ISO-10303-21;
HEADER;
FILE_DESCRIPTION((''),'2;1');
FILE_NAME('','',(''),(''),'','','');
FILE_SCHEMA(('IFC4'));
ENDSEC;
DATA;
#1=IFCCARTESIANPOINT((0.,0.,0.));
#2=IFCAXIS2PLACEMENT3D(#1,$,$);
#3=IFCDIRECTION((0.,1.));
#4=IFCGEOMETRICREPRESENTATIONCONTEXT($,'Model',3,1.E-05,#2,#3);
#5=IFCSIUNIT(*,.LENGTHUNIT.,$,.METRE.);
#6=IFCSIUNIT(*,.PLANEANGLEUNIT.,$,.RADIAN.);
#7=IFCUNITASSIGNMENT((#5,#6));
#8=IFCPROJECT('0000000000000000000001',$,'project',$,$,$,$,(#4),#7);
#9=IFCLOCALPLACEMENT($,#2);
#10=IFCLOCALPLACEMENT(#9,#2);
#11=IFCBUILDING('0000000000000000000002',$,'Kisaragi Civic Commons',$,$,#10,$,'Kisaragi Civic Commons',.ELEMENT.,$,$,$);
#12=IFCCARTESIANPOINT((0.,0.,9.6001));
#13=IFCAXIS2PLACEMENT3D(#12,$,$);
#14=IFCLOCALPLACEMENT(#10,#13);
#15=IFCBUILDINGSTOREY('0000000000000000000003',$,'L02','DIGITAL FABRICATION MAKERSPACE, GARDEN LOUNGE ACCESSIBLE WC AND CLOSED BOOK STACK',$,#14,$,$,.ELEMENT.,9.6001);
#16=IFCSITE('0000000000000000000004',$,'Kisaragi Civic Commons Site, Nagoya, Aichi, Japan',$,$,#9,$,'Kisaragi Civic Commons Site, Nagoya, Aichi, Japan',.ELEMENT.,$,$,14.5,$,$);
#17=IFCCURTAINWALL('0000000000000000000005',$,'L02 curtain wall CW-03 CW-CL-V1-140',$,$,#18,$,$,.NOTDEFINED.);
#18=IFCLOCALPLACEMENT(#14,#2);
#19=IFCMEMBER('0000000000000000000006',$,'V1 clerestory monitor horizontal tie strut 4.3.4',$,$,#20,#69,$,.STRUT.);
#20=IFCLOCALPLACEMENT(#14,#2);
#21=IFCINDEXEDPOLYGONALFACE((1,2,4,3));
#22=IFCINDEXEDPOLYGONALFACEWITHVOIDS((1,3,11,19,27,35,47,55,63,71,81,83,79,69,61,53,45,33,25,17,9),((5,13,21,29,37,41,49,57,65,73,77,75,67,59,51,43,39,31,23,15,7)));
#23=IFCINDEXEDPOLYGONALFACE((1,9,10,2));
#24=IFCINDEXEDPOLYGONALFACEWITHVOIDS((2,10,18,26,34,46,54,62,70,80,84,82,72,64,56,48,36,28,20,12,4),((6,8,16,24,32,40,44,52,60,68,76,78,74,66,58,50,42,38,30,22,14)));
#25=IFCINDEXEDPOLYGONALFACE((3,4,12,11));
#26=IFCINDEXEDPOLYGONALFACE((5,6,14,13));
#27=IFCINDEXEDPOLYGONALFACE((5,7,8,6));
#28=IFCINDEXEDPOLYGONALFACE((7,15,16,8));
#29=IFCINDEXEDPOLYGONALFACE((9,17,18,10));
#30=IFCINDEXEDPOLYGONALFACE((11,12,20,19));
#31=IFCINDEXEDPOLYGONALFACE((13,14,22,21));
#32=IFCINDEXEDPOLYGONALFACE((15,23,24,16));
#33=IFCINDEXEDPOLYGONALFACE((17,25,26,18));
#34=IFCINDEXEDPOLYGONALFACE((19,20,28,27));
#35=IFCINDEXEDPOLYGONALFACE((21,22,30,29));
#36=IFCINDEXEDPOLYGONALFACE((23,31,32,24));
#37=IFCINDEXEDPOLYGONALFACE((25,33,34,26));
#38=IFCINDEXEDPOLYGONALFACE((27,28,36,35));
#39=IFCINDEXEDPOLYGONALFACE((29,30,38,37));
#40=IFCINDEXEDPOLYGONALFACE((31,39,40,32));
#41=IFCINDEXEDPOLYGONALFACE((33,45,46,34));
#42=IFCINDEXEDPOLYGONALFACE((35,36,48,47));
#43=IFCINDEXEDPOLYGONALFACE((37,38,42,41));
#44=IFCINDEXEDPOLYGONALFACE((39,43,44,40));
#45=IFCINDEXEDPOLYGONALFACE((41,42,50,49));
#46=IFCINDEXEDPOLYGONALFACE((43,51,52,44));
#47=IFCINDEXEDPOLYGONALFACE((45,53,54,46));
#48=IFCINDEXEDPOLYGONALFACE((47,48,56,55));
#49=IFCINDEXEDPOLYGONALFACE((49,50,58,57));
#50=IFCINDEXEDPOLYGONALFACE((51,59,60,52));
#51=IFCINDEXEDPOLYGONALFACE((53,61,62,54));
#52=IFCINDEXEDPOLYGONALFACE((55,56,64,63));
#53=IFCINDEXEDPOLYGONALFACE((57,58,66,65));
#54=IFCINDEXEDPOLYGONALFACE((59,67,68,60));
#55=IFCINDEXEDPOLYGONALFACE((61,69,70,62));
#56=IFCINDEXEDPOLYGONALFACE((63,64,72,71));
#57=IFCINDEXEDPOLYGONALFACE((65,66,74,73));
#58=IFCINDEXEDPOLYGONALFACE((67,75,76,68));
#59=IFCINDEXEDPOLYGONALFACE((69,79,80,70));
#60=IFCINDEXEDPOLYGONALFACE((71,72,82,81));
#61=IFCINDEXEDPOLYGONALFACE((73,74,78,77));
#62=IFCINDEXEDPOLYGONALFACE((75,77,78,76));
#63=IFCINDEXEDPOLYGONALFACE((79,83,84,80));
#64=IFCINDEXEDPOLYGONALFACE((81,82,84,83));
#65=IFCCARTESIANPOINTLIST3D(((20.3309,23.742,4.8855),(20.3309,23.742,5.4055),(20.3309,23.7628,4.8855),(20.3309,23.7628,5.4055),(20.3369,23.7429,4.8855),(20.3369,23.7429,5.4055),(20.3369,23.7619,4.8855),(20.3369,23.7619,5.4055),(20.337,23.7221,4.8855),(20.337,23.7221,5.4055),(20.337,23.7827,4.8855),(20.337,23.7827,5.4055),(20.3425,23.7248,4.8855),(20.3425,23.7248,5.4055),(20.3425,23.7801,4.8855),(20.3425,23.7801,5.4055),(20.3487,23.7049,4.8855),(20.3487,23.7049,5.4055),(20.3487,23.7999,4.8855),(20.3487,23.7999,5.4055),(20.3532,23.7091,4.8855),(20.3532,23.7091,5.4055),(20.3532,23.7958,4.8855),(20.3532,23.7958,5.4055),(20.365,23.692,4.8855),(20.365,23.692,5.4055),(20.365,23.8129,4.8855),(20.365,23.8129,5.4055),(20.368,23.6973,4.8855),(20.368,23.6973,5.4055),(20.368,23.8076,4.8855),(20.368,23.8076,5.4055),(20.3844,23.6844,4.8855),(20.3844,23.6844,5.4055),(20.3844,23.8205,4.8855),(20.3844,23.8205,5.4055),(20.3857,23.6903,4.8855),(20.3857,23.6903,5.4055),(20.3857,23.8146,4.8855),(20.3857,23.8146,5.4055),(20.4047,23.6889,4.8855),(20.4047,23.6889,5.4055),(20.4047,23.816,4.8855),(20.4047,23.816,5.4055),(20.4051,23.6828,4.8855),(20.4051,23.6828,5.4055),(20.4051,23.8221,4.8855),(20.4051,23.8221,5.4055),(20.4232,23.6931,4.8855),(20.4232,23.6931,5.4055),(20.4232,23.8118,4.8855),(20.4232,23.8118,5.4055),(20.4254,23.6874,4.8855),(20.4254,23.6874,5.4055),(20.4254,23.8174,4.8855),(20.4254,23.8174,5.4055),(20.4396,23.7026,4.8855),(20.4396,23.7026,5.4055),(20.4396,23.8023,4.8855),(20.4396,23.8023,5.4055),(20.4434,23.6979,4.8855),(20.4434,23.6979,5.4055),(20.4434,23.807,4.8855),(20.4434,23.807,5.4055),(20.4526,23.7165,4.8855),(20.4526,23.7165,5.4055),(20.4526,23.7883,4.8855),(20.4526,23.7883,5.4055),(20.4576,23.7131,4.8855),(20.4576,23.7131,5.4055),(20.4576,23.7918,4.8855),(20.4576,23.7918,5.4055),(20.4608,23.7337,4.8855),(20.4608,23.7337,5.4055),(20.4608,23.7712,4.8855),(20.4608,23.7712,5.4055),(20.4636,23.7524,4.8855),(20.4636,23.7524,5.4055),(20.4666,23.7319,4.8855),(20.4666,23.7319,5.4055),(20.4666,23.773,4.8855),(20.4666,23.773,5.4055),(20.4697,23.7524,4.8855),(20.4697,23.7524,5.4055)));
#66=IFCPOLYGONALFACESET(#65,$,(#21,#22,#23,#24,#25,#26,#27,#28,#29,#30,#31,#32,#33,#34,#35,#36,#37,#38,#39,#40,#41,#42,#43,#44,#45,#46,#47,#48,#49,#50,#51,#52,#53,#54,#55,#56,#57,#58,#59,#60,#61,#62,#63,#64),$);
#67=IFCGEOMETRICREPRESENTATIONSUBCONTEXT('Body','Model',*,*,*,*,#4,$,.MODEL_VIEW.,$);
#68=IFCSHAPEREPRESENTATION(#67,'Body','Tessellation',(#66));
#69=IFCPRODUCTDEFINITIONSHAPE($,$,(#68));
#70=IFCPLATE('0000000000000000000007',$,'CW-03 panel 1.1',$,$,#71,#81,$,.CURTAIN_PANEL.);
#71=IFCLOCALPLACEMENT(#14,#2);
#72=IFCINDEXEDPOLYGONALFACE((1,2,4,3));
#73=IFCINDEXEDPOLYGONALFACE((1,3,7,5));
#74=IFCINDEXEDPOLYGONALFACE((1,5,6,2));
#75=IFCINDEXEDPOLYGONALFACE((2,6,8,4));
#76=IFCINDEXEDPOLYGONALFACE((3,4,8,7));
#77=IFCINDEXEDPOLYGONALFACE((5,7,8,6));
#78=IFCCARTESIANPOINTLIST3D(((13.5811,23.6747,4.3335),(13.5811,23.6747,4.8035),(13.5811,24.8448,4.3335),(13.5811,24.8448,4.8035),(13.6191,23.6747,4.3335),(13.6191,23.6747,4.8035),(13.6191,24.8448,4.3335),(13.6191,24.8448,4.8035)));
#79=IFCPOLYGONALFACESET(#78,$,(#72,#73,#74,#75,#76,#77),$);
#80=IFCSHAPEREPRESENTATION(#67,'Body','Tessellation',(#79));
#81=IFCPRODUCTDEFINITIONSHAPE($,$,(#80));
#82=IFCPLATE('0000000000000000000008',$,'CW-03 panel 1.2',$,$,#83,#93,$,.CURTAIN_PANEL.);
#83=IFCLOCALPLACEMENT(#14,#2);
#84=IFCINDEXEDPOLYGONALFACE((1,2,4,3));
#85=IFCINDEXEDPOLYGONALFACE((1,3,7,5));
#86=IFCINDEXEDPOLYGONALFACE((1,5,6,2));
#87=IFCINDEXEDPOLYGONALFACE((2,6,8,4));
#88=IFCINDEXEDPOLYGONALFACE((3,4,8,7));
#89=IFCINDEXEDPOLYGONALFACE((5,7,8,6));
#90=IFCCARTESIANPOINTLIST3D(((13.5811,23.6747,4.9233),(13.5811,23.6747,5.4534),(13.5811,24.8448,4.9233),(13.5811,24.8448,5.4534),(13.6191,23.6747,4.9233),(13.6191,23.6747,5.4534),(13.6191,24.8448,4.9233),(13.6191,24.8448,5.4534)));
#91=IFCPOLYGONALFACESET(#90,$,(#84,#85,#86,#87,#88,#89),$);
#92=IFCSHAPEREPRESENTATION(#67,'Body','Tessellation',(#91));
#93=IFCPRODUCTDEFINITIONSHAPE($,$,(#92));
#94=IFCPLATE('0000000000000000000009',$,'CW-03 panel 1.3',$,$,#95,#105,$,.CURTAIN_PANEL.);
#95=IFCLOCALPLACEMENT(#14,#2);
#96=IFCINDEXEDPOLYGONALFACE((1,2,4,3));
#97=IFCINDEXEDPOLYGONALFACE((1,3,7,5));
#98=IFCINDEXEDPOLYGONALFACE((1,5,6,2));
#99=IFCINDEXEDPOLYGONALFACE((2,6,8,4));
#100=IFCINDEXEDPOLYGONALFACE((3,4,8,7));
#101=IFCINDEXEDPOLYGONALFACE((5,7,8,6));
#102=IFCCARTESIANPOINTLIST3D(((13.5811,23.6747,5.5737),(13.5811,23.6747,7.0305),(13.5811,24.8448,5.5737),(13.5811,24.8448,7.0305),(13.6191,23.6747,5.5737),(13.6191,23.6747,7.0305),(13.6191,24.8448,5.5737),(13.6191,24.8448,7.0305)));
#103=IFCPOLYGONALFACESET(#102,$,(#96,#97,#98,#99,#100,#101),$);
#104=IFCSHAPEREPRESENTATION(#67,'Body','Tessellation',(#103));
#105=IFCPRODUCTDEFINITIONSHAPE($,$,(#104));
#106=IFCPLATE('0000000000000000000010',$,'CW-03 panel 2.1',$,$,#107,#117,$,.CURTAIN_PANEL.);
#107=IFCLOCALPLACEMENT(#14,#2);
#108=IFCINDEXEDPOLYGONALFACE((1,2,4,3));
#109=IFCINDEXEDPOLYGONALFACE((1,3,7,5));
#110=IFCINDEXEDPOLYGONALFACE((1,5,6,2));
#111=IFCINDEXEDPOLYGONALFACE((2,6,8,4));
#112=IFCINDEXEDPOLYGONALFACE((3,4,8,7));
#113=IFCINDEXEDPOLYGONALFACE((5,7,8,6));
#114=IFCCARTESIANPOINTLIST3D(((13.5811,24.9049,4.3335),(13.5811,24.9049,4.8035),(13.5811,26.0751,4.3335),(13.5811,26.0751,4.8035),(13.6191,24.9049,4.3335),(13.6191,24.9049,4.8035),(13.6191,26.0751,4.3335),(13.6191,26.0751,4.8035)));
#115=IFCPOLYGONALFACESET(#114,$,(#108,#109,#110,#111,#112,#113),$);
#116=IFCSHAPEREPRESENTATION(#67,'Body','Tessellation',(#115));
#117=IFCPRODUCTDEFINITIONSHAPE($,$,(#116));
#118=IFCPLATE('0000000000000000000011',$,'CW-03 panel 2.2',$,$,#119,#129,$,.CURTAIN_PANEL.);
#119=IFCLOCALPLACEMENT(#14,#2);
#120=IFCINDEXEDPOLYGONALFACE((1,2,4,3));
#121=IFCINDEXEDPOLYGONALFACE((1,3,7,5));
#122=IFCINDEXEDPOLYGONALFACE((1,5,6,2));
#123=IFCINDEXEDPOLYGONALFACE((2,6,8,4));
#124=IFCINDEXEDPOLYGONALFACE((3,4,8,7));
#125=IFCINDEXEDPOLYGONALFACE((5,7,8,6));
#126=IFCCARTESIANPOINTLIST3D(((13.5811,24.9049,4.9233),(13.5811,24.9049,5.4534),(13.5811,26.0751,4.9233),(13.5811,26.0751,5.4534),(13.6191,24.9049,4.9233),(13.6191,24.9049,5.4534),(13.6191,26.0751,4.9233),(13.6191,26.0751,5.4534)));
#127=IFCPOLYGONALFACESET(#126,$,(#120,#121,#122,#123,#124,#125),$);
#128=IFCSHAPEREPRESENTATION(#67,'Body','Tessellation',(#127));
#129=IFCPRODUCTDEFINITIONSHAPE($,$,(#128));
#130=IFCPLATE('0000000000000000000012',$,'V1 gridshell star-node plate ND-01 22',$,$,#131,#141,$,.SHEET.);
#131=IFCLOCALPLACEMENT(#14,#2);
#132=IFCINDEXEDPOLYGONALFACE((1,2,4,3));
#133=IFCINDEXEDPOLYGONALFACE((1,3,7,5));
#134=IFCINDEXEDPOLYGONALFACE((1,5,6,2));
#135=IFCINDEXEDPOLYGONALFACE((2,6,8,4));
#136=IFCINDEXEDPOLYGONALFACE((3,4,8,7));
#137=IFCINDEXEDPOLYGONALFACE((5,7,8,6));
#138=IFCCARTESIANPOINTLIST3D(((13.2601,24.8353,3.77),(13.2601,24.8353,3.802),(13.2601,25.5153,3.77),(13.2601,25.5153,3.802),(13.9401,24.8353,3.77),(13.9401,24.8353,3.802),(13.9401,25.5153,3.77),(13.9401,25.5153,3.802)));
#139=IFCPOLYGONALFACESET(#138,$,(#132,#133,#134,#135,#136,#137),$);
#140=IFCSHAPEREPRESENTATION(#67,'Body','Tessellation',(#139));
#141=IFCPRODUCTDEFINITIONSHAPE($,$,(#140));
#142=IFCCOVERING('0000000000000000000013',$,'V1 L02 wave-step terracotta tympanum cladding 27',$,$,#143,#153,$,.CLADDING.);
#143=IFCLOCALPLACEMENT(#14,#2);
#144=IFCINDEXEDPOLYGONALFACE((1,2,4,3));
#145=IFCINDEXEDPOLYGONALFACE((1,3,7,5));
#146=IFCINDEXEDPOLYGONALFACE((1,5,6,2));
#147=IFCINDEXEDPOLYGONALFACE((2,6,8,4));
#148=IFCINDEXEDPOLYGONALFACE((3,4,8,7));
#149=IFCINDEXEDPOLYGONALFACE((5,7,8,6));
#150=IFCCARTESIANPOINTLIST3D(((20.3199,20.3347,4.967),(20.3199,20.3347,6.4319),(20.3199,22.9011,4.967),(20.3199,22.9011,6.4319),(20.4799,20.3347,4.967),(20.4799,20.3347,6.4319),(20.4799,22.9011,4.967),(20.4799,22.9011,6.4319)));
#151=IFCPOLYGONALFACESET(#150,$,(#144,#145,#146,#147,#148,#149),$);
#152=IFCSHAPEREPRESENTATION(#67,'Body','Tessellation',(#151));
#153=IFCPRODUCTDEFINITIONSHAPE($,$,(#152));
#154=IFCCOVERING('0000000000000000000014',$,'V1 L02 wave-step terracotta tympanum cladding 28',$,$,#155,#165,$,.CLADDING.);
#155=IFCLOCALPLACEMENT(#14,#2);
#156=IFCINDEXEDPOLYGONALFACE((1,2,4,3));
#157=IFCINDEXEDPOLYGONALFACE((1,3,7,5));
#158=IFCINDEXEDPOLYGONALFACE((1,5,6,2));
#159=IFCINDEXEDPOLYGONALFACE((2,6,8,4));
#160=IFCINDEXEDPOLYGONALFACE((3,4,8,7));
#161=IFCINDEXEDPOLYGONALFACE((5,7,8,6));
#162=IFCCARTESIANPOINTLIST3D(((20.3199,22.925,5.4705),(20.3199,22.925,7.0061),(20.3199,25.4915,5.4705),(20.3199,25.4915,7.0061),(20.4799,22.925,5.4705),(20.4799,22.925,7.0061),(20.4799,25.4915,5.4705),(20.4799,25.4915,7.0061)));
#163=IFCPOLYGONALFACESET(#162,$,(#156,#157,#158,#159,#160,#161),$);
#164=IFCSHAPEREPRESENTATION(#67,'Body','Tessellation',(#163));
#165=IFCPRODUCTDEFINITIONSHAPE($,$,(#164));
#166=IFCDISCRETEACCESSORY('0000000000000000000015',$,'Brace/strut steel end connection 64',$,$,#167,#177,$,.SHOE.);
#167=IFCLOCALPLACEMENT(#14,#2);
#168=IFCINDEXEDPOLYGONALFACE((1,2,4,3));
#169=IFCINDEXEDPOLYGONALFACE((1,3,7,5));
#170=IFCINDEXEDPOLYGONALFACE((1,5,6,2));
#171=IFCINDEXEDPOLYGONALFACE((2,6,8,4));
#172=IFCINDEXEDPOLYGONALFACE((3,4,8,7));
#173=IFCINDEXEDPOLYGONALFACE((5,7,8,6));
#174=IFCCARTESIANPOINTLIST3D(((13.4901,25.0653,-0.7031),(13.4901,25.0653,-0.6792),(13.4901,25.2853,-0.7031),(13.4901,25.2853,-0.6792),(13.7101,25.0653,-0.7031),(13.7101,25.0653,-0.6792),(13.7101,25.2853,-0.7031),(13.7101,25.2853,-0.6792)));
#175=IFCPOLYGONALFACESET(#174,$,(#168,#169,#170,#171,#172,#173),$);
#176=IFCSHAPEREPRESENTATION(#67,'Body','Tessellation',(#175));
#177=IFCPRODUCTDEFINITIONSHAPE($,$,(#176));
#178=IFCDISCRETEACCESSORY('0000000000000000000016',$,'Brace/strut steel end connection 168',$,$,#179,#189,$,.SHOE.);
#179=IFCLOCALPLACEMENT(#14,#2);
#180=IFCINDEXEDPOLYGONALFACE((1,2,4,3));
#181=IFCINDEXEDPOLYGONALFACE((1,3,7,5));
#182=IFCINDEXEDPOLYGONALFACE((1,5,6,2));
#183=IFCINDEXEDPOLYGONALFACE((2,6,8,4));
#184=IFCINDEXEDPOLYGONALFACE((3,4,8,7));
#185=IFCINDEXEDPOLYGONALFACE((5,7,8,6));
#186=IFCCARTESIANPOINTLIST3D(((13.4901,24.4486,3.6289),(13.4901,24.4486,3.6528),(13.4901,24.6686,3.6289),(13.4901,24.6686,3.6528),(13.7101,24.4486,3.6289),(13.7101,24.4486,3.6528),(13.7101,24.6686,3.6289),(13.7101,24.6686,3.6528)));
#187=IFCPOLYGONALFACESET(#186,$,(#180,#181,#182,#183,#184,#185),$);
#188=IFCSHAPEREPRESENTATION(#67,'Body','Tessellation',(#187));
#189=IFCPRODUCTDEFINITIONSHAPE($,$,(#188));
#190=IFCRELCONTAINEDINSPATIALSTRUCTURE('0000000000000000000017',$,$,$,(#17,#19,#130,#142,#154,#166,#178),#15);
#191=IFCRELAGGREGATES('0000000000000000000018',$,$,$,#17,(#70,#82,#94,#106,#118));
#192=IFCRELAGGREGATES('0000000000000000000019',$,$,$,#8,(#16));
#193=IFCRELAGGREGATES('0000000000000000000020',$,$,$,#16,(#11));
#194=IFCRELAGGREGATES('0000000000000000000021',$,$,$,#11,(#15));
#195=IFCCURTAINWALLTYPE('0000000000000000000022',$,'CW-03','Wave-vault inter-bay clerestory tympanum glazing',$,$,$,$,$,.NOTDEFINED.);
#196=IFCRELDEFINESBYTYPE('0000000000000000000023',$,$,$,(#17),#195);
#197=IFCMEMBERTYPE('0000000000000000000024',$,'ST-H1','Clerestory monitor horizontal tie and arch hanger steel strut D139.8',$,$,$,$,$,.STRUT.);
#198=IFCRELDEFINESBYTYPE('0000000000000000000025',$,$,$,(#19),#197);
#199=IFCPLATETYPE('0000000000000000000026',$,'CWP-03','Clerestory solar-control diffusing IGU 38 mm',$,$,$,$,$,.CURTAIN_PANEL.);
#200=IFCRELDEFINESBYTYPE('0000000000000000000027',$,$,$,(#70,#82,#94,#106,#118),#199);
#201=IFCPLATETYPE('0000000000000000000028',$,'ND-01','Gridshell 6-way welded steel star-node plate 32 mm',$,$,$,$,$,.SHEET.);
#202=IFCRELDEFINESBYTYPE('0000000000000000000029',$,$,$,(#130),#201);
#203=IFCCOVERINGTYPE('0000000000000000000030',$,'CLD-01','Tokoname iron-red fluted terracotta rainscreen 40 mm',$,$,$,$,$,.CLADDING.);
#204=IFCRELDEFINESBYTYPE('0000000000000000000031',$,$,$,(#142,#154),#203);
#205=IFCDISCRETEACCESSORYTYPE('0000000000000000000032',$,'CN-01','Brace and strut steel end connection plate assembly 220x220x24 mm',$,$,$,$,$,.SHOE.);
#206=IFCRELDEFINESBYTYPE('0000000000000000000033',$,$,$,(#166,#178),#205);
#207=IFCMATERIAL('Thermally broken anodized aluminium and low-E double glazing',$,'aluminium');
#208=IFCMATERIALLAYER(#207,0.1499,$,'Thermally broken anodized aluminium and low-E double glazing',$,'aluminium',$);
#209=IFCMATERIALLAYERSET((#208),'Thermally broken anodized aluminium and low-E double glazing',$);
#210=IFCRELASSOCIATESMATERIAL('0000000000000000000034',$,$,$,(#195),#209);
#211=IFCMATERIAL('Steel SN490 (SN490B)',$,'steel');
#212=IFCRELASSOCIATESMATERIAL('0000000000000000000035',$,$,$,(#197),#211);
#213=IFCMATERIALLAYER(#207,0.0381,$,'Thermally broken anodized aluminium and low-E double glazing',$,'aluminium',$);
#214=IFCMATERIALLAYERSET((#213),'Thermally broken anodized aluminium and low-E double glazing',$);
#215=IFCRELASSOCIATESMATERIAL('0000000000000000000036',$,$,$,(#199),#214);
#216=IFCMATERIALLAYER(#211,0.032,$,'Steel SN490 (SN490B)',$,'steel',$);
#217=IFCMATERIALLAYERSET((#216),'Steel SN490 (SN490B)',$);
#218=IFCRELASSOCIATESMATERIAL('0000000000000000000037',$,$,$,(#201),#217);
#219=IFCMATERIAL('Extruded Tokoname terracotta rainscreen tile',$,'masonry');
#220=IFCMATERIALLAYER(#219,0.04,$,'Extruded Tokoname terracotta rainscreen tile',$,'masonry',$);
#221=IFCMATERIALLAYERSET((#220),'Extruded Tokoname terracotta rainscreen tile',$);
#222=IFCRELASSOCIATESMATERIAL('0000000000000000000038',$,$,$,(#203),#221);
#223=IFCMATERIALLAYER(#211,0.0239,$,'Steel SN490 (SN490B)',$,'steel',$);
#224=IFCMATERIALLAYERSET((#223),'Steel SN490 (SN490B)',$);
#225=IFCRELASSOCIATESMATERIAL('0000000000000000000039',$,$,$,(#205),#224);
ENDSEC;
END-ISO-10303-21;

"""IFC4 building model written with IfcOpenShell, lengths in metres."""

from ifc_helpers import new_model, si_unit, direction, frame, origin, origin_2d, place, context, subcontext, project, spatial, rectangle, hollow_circle, extrude, material, layer, layer_set, material_profile, profile_set, type_object, element, aggregate, save


model = new_model("IFC4")

# Units and contexts
model_context = context("Model", 3, precision=1e-05, world=origin(), true_north=direction((0.0, 1.0)))
body_context = subcontext(model_context, "Body", "Model", "MODEL_VIEW")
ifc_project = project(units=[si_unit("LENGTHUNIT", "METRE"), si_unit("PLANEANGLEUNIT", "RADIAN")], contexts=[model_context])

# Site, building, storey
site_placement = place(None, origin())
site = spatial("IfcSite", under=ifc_project, at=site_placement, Name="Kisaragi Civic Commons Site, Nagoya, Aichi, Japan", LongName="Kisaragi Civic Commons Site, Nagoya, Aichi, Japan", CompositionType="ELEMENT", RefElevation=14.5)
building_placement = place(site_placement, origin())
building = spatial("IfcBuilding", under=site, at=building_placement, Name="Kisaragi Civic Commons", LongName="Kisaragi Civic Commons", CompositionType="ELEMENT")
storey_placement = place(building_placement, frame((0.0, 0.0, 9.6001)))
storey = spatial("IfcBuildingStorey", under=building, at=storey_placement, Name="L02", Description="DIGITAL FABRICATION MAKERSPACE, GARDEN LOUNGE ACCESSIBLE WC AND CLOSED BOOK STACK", CompositionType="ELEMENT", Elevation=9.6001)

# Curtain wall
ifc_material_1 = material(Name="Thermally broken anodized aluminium and low-E double glazing", Category="aluminium")
ifc_layer_1 = layer(ifc_material_1, 0.1499, Name="Thermally broken anodized aluminium and low-E double glazing", Category="aluminium")
ifc_layer_set_1 = layer_set([ifc_layer_1], Name="Thermally broken anodized aluminium and low-E double glazing")
curtain_wall_type = type_object("IfcCurtainWallType", Name="CW-03", Description="Wave-vault inter-bay clerestory tympanum glazing", PredefinedType="NOTDEFINED", material=ifc_layer_set_1)
curtain_wall_placement = place(storey_placement, origin())
curtain_wall = element("IfcCurtainWall", 1, at=curtain_wall_placement, inside=storey, type_object=curtain_wall_type, Name="L02 curtain wall CW-03 CW-CL-V1-140", PredefinedType="NOTDEFINED")

# Member
ifc_material_2 = material(Name="Steel SN490 (SN490B)", Category="steel")
ifc_material_profile_1 = material_profile(ifc_material_2, hollow_circle(Radius=0.0698, WallThickness=0.0061, at=origin_2d()), Name="CHS-139.8x6.0", Category="steel")
ifc_profile_set_1 = profile_set([ifc_material_profile_1], Name="Steel SN490 (SN490B)")
member_type_1 = type_object("IfcMemberType", Name="ST-H1", Description="Clerestory monitor horizontal tie and arch hanger steel strut D139.8", PredefinedType="STRUT", material=ifc_profile_set_1)
member_1_placement = place(storey_placement, frame((20.3999, 23.7524, 4.8855), z_axis=(0.0, 0.0, 1.0), x_axis=(1.0, 0.0, 0.0)))
element("IfcMember", 2, at=member_1_placement, inside=storey, type_object=member_type_1, Name="V1 clerestory monitor horizontal tie strut 4.3.4", PredefinedType="STRUT", context=body_context, shape_type="SweptSolid", body=[
    extrude(hollow_circle(Radius=0.0698, WallThickness=0.0061, at=origin_2d()), origin(), (0.0, 0.0, 1.0), 0.52),
])

# Plates
ifc_layer_2 = layer(ifc_material_1, 0.0381, Name="Thermally broken anodized aluminium and low-E double glazing", Category="aluminium")
ifc_layer_set_2 = layer_set([ifc_layer_2], Name="Thermally broken anodized aluminium and low-E double glazing")
plate_type_1 = type_object("IfcPlateType", Name="CWP-03", Description="Clerestory solar-control diffusing IGU 38 mm", PredefinedType="CURTAIN_PANEL", material=ifc_layer_set_2)
plate_1_placement = place(storey_placement, frame((13.6001, 24.2598, 4.3335), z_axis=(0.0, 0.0, 1.0), x_axis=(0.0, 1.0, 0.0)))
plate_1 = element("IfcPlate", 3, at=plate_1_placement, type_object=plate_type_1, Name="CW-03 panel 1.1", PredefinedType="CURTAIN_PANEL", context=body_context, shape_type="SweptSolid", body=[
    extrude(rectangle(XDim=1.1702, YDim=0.0381, at=origin_2d()), origin(), (0.0, 0.0, 1.0), 0.47),
])
plate_2_placement = place(storey_placement, frame((13.6001, 24.2598, 4.9233), z_axis=(0.0, 0.0, 1.0), x_axis=(0.0, 1.0, 0.0)))
plate_2 = element("IfcPlate", 4, at=plate_2_placement, type_object=plate_type_1, Name="CW-03 panel 1.2", PredefinedType="CURTAIN_PANEL", context=body_context, shape_type="SweptSolid", body=[
    extrude(rectangle(XDim=1.1702, YDim=0.0381, at=origin_2d()), origin(), (0.0, 0.0, 1.0), 0.53),
])
plate_3_placement = place(storey_placement, frame((13.6001, 24.2598, 5.5737), z_axis=(0.0, 0.0, 1.0), x_axis=(0.0, 1.0, 0.0)))
plate_3 = element("IfcPlate", 5, at=plate_3_placement, type_object=plate_type_1, Name="CW-03 panel 1.3", PredefinedType="CURTAIN_PANEL", context=body_context, shape_type="SweptSolid", body=[
    extrude(rectangle(XDim=1.1702, YDim=0.0381, at=origin_2d()), origin(), (0.0, 0.0, 1.0), 1.4568),
])
plate_4_placement = place(storey_placement, frame((13.6001, 25.49, 4.3335), z_axis=(0.0, 0.0, 1.0), x_axis=(0.0, 1.0, 0.0)))
plate_4 = element("IfcPlate", 6, at=plate_4_placement, type_object=plate_type_1, Name="CW-03 panel 2.1", PredefinedType="CURTAIN_PANEL", context=body_context, shape_type="SweptSolid", body=[
    extrude(rectangle(XDim=1.1702, YDim=0.0381, at=origin_2d()), origin(), (0.0, 0.0, 1.0), 0.47),
])
plate_5_placement = place(storey_placement, frame((13.6001, 25.49, 4.9233), z_axis=(0.0, 0.0, 1.0), x_axis=(0.0, 1.0, 0.0)))
plate_5 = element("IfcPlate", 7, at=plate_5_placement, type_object=plate_type_1, Name="CW-03 panel 2.2", PredefinedType="CURTAIN_PANEL", context=body_context, shape_type="SweptSolid", body=[
    extrude(rectangle(XDim=1.1702, YDim=0.0381, at=origin_2d()), origin(), (0.0, 0.0, 1.0), 0.53),
])
aggregate(curtain_wall, [plate_1, plate_2, plate_3, plate_4, plate_5])
ifc_layer_3 = layer(ifc_material_2, 0.032, Name="Steel SN490 (SN490B)", Category="steel")
ifc_layer_set_3 = layer_set([ifc_layer_3], Name="Steel SN490 (SN490B)")
plate_type_2 = type_object("IfcPlateType", Name="ND-01", Description="Gridshell 6-way welded steel star-node plate 32 mm", PredefinedType="SHEET", material=ifc_layer_set_3)
plate_6_placement = place(storey_placement, frame((13.6001, 25.1753, 3.77), z_axis=(0.0, 0.0, 1.0), x_axis=(1.0, 0.0, 0.0)))
element("IfcPlate", 8, at=plate_6_placement, inside=storey, type_object=plate_type_2, Name="V1 gridshell star-node plate ND-01 22", PredefinedType="SHEET", context=body_context, shape_type="SweptSolid", body=[
    extrude(rectangle(XDim=0.6799, YDim=0.6799, at=origin_2d()), origin(), (0.0, 0.0, 1.0), 0.032),
])

# Coverings
ifc_material_3 = material(Name="Extruded Tokoname terracotta rainscreen tile", Category="masonry")
ifc_layer_4 = layer(ifc_material_3, 0.04, Name="Extruded Tokoname terracotta rainscreen tile", Category="masonry")
ifc_layer_set_4 = layer_set([ifc_layer_4], Name="Extruded Tokoname terracotta rainscreen tile")
covering_type = type_object("IfcCoveringType", Name="CLD-01", Description="Tokoname iron-red fluted terracotta rainscreen 40 mm", PredefinedType="CLADDING", material=ifc_layer_set_4)
covering_1_placement = place(storey_placement, frame((20.3999, 21.6179, 4.967), z_axis=(0.0, 0.0, 1.0), x_axis=(0.0, 1.0, 0.0)))
element("IfcCovering", 9, at=covering_1_placement, inside=storey, type_object=covering_type, Name="V1 L02 wave-step terracotta tympanum cladding 27", PredefinedType="CLADDING", context=body_context, shape_type="SweptSolid", body=[
    extrude(rectangle(XDim=2.5664, YDim=0.1599, at=origin_2d()), origin(), (0.0, 0.0, 1.0), 1.4648),
])
covering_2_placement = place(storey_placement, frame((20.3999, 24.2083, 5.4705), z_axis=(0.0, 0.0, 1.0), x_axis=(0.0, 1.0, 0.0)))
element("IfcCovering", 10, at=covering_2_placement, inside=storey, type_object=covering_type, Name="V1 L02 wave-step terracotta tympanum cladding 28", PredefinedType="CLADDING", context=body_context, shape_type="SweptSolid", body=[
    extrude(rectangle(XDim=2.5664, YDim=0.1599, at=origin_2d()), origin(), (0.0, 0.0, 1.0), 1.5356),
])

# Discrete accessories
ifc_layer_5 = layer(ifc_material_2, 0.0239, Name="Steel SN490 (SN490B)", Category="steel")
ifc_layer_set_5 = layer_set([ifc_layer_5], Name="Steel SN490 (SN490B)")
discrete_accessory_type = type_object("IfcDiscreteAccessoryType", Name="CN-01", Description="Brace and strut steel end connection plate assembly 220x220x24 mm", PredefinedType="SHOE", material=ifc_layer_set_5)
for number, where, z_axis, x_axis, name in (
    (11, (13.6001, 25.1753, -0.7031), (0.0, 0.0, 1.0), (1.0, 0.0, 0.0), "Brace/strut steel end connection 64"),
    (12, (13.6001, 24.5586, 3.6289), (0.0, 0.0, 1.0), (1.0, 0.0, 0.0), "Brace/strut steel end connection 168"),
):
    element("IfcDiscreteAccessory", number, at=place(storey_placement, frame(where, z_axis=z_axis, x_axis=x_axis)), inside=storey, type_object=discrete_accessory_type, Name=name, PredefinedType="SHOE", context=body_context, shape_type="SweptSolid", body=[
        extrude(rectangle(XDim=0.22, YDim=0.22, at=origin_2d()), origin(), (0.0, 0.0, 1.0), 0.0239),
    ])

save(model, "model.ifc")
